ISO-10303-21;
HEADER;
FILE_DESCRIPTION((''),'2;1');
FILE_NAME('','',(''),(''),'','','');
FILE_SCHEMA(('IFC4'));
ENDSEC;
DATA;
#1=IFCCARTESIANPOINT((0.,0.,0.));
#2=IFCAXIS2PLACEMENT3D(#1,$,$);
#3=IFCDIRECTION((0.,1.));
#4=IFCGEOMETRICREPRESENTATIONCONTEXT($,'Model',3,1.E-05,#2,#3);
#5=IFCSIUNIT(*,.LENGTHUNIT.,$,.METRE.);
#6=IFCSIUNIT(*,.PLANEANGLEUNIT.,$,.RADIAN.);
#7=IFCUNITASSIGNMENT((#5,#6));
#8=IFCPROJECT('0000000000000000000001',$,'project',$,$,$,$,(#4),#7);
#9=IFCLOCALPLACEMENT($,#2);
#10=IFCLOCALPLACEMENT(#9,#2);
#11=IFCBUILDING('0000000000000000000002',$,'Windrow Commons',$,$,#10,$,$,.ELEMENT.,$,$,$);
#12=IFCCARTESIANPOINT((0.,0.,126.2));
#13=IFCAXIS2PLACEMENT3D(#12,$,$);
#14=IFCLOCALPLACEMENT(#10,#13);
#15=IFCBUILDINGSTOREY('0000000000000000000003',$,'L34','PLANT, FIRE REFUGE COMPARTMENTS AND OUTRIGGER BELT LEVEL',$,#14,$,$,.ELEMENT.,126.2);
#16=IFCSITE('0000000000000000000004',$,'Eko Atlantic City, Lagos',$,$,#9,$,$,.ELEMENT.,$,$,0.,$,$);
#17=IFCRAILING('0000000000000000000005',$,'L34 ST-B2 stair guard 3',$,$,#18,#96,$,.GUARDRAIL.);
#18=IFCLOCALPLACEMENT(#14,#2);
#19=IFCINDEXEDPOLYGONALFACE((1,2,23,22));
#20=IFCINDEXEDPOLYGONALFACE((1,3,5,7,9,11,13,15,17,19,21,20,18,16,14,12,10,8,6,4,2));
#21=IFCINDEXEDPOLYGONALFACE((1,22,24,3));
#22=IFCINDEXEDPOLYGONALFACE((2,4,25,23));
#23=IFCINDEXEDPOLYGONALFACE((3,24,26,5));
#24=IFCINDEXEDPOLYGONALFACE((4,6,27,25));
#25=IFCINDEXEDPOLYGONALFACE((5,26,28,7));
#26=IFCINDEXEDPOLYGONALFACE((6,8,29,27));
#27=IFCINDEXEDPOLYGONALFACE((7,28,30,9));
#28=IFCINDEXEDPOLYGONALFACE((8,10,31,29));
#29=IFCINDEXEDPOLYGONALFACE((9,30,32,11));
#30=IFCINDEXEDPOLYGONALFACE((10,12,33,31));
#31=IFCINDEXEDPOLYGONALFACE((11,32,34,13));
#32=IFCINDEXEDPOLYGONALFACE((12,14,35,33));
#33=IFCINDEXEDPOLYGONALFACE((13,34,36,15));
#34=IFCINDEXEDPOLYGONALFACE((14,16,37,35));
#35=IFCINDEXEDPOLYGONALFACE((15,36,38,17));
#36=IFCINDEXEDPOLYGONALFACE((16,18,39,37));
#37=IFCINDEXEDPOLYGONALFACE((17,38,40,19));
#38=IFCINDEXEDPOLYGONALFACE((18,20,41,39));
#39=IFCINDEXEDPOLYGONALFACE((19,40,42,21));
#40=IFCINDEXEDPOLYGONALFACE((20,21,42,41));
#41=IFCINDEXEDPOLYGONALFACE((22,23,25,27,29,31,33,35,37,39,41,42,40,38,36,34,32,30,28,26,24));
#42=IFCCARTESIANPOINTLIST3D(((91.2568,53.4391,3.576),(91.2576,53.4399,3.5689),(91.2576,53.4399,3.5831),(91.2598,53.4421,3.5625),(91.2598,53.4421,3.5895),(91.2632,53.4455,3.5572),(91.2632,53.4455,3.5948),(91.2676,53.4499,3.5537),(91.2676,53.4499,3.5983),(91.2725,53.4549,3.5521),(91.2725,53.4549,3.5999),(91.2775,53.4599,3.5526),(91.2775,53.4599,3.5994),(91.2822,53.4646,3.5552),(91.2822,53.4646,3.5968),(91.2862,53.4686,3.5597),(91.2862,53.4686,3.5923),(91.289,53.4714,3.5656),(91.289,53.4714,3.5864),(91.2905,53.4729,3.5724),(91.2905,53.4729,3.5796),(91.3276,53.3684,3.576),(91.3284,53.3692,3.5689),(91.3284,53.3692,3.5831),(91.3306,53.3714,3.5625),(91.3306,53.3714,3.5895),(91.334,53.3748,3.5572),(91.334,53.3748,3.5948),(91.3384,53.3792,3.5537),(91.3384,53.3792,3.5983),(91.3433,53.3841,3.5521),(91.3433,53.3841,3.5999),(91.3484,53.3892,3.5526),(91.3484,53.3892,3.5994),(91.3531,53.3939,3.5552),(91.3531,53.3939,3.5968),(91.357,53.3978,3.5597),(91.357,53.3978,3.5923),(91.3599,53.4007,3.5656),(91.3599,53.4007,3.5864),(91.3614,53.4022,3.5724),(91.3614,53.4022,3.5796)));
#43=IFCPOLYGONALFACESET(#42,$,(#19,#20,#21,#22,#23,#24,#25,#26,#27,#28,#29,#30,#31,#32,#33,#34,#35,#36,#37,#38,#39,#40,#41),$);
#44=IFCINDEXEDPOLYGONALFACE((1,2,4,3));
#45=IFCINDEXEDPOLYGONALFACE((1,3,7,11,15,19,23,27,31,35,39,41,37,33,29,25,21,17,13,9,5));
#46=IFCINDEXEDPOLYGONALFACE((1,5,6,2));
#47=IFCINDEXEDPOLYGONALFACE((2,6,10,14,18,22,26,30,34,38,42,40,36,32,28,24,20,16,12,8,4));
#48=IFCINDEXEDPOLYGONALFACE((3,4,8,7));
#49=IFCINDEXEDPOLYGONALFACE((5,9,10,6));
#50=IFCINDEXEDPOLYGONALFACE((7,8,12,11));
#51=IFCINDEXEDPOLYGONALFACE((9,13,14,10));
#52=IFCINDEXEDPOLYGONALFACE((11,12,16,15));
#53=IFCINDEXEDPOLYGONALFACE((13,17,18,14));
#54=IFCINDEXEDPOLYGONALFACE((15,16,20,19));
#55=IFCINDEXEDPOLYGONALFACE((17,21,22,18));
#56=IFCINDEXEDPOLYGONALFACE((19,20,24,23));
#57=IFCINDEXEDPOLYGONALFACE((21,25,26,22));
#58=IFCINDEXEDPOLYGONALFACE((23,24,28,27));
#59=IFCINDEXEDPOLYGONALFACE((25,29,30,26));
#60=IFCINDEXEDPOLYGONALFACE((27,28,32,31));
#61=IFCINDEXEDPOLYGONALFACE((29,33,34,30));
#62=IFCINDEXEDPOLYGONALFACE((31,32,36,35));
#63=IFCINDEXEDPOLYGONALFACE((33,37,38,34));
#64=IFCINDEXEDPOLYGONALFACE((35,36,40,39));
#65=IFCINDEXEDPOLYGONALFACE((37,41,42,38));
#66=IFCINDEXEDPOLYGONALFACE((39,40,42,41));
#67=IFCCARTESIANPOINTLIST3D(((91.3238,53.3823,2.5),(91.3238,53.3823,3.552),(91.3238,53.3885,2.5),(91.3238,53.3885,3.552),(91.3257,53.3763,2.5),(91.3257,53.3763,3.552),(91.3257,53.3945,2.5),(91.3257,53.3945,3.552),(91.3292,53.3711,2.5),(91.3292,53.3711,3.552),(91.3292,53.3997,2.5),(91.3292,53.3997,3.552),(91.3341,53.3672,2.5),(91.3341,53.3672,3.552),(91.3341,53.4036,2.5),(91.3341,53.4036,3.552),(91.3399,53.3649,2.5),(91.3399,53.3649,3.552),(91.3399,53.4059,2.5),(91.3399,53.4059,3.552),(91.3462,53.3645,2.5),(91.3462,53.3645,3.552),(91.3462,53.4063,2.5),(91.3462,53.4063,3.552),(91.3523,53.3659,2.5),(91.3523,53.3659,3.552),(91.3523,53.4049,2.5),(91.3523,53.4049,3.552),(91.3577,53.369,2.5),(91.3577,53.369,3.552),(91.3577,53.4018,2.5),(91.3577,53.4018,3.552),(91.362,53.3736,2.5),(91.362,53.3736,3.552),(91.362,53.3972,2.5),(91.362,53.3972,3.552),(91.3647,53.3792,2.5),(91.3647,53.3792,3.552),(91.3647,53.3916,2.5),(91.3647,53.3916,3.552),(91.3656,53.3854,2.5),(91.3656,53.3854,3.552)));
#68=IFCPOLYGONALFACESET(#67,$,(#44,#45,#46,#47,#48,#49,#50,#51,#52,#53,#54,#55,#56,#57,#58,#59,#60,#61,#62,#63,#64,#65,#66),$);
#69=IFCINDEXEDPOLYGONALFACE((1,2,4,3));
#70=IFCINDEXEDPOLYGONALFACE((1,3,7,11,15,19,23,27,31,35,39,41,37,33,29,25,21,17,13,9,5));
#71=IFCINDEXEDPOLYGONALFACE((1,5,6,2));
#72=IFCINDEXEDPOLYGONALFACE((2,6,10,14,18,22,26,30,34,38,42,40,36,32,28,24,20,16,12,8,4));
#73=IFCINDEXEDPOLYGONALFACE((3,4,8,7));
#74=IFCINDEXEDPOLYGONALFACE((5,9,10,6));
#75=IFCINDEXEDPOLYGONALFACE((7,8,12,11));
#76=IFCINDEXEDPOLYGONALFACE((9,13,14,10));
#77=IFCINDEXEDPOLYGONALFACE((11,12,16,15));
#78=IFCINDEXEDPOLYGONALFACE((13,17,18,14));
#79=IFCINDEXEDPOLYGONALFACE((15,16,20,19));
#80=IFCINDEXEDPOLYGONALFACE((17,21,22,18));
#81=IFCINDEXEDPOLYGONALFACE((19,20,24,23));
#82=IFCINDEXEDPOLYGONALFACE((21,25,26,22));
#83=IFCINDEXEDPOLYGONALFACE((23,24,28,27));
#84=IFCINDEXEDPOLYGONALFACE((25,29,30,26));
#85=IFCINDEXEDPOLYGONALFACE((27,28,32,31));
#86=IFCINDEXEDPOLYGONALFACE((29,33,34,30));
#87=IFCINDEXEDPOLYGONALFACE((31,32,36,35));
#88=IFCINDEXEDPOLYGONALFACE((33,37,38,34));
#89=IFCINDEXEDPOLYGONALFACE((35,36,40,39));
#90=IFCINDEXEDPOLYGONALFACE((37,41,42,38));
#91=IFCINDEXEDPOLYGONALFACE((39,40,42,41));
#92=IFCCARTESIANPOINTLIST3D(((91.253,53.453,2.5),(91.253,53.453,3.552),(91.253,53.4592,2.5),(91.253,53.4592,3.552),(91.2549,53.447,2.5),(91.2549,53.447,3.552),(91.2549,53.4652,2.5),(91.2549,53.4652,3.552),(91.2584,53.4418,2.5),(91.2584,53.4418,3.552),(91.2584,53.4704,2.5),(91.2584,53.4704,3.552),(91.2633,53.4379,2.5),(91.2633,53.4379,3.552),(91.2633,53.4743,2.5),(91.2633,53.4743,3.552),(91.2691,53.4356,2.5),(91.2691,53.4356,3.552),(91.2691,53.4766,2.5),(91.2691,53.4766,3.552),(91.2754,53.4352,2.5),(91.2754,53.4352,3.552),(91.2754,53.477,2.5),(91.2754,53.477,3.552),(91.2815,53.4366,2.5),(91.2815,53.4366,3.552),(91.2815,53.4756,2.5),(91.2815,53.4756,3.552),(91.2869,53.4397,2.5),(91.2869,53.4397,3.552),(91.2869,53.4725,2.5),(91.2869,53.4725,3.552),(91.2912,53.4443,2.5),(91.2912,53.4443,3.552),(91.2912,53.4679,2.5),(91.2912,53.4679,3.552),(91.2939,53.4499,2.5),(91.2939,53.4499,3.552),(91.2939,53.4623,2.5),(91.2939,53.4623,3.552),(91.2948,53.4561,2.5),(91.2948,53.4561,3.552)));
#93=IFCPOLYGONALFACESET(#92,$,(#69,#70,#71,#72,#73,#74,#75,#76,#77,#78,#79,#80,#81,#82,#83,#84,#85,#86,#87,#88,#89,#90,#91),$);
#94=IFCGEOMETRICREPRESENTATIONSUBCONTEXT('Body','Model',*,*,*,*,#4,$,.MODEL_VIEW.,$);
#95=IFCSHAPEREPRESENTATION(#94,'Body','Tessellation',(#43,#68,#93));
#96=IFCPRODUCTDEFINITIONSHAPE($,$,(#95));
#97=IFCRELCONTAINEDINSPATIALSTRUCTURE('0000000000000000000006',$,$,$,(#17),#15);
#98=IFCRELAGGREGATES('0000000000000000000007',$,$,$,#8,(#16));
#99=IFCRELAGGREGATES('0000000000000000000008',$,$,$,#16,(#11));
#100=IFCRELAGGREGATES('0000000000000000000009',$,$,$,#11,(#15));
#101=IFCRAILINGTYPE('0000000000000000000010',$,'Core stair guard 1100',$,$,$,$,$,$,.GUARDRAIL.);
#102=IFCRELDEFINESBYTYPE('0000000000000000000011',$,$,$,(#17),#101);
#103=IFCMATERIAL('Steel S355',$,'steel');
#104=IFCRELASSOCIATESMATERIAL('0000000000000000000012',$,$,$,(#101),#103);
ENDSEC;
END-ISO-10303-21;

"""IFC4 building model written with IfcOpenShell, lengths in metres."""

from ifc_helpers import new_model, si_unit, direction, frame, origin, origin_2d, place, context, subcontext, project, spatial, circle, extrude, material, type_object, element, save


model = new_model("IFC4")

# Units and contexts
model_context = context("Model", 3, precision=1e-05, world=origin(), true_north=direction((0.0, 1.0)))
body_context = subcontext(model_context, "Body", "Model", "MODEL_VIEW")
ifc_project = project(units=[si_unit("LENGTHUNIT", "METRE"), si_unit("PLANEANGLEUNIT", "RADIAN")], contexts=[model_context])

# Site, building, storey
site_placement = place(None, origin())
site = spatial("IfcSite", under=ifc_project, at=site_placement, Name="Eko Atlantic City, Lagos", CompositionType="ELEMENT", RefElevation=0.0)
building_placement = place(site_placement, origin())
building = spatial("IfcBuilding", under=site, at=building_placement, Name="Windrow Commons", CompositionType="ELEMENT")
storey_placement = place(building_placement, frame((0.0, 0.0, 126.2)))
storey = spatial("IfcBuildingStorey", under=building, at=storey_placement, Name="L34", Description="PLANT, FIRE REFUGE COMPARTMENTS AND OUTRIGGER BELT LEVEL", CompositionType="ELEMENT", Elevation=126.2)

# Railing
ifc_material_1 = material(Name="Steel S355", Category="steel")
railing_type_1 = type_object("IfcRailingType", Name="Core stair guard 1100", PredefinedType="GUARDRAIL", material=ifc_material_1)
railing_1_placement = place(storey_placement, frame((91.3446, 53.3854, 2.5)))
element("IfcRailing", 1, at=railing_1_placement, inside=storey, type_object=railing_type_1, Name="L34 ST-B2 stair guard 3", PredefinedType="GUARDRAIL", context=body_context, shape_type="SweptSolid", body=[
    extrude(circle(Radius=0.024, at=origin_2d()), frame((0.0, 0.0, 1.076), z_axis=(-0.707606, 0.706607, 0.0), x_axis=(-0.706607, -0.707606, 0.0)), (0.0, 0.0, 1.0), 0.1001),
    extrude(circle(Radius=0.021, at=origin_2d()), origin(), (0.0, 0.0, 1.0), 1.052),
    extrude(circle(Radius=0.021, at=origin_2d()), frame((-0.0708, 0.0707, 0.0)), (0.0, 0.0, 1.0), 1.052),
])

save(model, "model.ifc")
